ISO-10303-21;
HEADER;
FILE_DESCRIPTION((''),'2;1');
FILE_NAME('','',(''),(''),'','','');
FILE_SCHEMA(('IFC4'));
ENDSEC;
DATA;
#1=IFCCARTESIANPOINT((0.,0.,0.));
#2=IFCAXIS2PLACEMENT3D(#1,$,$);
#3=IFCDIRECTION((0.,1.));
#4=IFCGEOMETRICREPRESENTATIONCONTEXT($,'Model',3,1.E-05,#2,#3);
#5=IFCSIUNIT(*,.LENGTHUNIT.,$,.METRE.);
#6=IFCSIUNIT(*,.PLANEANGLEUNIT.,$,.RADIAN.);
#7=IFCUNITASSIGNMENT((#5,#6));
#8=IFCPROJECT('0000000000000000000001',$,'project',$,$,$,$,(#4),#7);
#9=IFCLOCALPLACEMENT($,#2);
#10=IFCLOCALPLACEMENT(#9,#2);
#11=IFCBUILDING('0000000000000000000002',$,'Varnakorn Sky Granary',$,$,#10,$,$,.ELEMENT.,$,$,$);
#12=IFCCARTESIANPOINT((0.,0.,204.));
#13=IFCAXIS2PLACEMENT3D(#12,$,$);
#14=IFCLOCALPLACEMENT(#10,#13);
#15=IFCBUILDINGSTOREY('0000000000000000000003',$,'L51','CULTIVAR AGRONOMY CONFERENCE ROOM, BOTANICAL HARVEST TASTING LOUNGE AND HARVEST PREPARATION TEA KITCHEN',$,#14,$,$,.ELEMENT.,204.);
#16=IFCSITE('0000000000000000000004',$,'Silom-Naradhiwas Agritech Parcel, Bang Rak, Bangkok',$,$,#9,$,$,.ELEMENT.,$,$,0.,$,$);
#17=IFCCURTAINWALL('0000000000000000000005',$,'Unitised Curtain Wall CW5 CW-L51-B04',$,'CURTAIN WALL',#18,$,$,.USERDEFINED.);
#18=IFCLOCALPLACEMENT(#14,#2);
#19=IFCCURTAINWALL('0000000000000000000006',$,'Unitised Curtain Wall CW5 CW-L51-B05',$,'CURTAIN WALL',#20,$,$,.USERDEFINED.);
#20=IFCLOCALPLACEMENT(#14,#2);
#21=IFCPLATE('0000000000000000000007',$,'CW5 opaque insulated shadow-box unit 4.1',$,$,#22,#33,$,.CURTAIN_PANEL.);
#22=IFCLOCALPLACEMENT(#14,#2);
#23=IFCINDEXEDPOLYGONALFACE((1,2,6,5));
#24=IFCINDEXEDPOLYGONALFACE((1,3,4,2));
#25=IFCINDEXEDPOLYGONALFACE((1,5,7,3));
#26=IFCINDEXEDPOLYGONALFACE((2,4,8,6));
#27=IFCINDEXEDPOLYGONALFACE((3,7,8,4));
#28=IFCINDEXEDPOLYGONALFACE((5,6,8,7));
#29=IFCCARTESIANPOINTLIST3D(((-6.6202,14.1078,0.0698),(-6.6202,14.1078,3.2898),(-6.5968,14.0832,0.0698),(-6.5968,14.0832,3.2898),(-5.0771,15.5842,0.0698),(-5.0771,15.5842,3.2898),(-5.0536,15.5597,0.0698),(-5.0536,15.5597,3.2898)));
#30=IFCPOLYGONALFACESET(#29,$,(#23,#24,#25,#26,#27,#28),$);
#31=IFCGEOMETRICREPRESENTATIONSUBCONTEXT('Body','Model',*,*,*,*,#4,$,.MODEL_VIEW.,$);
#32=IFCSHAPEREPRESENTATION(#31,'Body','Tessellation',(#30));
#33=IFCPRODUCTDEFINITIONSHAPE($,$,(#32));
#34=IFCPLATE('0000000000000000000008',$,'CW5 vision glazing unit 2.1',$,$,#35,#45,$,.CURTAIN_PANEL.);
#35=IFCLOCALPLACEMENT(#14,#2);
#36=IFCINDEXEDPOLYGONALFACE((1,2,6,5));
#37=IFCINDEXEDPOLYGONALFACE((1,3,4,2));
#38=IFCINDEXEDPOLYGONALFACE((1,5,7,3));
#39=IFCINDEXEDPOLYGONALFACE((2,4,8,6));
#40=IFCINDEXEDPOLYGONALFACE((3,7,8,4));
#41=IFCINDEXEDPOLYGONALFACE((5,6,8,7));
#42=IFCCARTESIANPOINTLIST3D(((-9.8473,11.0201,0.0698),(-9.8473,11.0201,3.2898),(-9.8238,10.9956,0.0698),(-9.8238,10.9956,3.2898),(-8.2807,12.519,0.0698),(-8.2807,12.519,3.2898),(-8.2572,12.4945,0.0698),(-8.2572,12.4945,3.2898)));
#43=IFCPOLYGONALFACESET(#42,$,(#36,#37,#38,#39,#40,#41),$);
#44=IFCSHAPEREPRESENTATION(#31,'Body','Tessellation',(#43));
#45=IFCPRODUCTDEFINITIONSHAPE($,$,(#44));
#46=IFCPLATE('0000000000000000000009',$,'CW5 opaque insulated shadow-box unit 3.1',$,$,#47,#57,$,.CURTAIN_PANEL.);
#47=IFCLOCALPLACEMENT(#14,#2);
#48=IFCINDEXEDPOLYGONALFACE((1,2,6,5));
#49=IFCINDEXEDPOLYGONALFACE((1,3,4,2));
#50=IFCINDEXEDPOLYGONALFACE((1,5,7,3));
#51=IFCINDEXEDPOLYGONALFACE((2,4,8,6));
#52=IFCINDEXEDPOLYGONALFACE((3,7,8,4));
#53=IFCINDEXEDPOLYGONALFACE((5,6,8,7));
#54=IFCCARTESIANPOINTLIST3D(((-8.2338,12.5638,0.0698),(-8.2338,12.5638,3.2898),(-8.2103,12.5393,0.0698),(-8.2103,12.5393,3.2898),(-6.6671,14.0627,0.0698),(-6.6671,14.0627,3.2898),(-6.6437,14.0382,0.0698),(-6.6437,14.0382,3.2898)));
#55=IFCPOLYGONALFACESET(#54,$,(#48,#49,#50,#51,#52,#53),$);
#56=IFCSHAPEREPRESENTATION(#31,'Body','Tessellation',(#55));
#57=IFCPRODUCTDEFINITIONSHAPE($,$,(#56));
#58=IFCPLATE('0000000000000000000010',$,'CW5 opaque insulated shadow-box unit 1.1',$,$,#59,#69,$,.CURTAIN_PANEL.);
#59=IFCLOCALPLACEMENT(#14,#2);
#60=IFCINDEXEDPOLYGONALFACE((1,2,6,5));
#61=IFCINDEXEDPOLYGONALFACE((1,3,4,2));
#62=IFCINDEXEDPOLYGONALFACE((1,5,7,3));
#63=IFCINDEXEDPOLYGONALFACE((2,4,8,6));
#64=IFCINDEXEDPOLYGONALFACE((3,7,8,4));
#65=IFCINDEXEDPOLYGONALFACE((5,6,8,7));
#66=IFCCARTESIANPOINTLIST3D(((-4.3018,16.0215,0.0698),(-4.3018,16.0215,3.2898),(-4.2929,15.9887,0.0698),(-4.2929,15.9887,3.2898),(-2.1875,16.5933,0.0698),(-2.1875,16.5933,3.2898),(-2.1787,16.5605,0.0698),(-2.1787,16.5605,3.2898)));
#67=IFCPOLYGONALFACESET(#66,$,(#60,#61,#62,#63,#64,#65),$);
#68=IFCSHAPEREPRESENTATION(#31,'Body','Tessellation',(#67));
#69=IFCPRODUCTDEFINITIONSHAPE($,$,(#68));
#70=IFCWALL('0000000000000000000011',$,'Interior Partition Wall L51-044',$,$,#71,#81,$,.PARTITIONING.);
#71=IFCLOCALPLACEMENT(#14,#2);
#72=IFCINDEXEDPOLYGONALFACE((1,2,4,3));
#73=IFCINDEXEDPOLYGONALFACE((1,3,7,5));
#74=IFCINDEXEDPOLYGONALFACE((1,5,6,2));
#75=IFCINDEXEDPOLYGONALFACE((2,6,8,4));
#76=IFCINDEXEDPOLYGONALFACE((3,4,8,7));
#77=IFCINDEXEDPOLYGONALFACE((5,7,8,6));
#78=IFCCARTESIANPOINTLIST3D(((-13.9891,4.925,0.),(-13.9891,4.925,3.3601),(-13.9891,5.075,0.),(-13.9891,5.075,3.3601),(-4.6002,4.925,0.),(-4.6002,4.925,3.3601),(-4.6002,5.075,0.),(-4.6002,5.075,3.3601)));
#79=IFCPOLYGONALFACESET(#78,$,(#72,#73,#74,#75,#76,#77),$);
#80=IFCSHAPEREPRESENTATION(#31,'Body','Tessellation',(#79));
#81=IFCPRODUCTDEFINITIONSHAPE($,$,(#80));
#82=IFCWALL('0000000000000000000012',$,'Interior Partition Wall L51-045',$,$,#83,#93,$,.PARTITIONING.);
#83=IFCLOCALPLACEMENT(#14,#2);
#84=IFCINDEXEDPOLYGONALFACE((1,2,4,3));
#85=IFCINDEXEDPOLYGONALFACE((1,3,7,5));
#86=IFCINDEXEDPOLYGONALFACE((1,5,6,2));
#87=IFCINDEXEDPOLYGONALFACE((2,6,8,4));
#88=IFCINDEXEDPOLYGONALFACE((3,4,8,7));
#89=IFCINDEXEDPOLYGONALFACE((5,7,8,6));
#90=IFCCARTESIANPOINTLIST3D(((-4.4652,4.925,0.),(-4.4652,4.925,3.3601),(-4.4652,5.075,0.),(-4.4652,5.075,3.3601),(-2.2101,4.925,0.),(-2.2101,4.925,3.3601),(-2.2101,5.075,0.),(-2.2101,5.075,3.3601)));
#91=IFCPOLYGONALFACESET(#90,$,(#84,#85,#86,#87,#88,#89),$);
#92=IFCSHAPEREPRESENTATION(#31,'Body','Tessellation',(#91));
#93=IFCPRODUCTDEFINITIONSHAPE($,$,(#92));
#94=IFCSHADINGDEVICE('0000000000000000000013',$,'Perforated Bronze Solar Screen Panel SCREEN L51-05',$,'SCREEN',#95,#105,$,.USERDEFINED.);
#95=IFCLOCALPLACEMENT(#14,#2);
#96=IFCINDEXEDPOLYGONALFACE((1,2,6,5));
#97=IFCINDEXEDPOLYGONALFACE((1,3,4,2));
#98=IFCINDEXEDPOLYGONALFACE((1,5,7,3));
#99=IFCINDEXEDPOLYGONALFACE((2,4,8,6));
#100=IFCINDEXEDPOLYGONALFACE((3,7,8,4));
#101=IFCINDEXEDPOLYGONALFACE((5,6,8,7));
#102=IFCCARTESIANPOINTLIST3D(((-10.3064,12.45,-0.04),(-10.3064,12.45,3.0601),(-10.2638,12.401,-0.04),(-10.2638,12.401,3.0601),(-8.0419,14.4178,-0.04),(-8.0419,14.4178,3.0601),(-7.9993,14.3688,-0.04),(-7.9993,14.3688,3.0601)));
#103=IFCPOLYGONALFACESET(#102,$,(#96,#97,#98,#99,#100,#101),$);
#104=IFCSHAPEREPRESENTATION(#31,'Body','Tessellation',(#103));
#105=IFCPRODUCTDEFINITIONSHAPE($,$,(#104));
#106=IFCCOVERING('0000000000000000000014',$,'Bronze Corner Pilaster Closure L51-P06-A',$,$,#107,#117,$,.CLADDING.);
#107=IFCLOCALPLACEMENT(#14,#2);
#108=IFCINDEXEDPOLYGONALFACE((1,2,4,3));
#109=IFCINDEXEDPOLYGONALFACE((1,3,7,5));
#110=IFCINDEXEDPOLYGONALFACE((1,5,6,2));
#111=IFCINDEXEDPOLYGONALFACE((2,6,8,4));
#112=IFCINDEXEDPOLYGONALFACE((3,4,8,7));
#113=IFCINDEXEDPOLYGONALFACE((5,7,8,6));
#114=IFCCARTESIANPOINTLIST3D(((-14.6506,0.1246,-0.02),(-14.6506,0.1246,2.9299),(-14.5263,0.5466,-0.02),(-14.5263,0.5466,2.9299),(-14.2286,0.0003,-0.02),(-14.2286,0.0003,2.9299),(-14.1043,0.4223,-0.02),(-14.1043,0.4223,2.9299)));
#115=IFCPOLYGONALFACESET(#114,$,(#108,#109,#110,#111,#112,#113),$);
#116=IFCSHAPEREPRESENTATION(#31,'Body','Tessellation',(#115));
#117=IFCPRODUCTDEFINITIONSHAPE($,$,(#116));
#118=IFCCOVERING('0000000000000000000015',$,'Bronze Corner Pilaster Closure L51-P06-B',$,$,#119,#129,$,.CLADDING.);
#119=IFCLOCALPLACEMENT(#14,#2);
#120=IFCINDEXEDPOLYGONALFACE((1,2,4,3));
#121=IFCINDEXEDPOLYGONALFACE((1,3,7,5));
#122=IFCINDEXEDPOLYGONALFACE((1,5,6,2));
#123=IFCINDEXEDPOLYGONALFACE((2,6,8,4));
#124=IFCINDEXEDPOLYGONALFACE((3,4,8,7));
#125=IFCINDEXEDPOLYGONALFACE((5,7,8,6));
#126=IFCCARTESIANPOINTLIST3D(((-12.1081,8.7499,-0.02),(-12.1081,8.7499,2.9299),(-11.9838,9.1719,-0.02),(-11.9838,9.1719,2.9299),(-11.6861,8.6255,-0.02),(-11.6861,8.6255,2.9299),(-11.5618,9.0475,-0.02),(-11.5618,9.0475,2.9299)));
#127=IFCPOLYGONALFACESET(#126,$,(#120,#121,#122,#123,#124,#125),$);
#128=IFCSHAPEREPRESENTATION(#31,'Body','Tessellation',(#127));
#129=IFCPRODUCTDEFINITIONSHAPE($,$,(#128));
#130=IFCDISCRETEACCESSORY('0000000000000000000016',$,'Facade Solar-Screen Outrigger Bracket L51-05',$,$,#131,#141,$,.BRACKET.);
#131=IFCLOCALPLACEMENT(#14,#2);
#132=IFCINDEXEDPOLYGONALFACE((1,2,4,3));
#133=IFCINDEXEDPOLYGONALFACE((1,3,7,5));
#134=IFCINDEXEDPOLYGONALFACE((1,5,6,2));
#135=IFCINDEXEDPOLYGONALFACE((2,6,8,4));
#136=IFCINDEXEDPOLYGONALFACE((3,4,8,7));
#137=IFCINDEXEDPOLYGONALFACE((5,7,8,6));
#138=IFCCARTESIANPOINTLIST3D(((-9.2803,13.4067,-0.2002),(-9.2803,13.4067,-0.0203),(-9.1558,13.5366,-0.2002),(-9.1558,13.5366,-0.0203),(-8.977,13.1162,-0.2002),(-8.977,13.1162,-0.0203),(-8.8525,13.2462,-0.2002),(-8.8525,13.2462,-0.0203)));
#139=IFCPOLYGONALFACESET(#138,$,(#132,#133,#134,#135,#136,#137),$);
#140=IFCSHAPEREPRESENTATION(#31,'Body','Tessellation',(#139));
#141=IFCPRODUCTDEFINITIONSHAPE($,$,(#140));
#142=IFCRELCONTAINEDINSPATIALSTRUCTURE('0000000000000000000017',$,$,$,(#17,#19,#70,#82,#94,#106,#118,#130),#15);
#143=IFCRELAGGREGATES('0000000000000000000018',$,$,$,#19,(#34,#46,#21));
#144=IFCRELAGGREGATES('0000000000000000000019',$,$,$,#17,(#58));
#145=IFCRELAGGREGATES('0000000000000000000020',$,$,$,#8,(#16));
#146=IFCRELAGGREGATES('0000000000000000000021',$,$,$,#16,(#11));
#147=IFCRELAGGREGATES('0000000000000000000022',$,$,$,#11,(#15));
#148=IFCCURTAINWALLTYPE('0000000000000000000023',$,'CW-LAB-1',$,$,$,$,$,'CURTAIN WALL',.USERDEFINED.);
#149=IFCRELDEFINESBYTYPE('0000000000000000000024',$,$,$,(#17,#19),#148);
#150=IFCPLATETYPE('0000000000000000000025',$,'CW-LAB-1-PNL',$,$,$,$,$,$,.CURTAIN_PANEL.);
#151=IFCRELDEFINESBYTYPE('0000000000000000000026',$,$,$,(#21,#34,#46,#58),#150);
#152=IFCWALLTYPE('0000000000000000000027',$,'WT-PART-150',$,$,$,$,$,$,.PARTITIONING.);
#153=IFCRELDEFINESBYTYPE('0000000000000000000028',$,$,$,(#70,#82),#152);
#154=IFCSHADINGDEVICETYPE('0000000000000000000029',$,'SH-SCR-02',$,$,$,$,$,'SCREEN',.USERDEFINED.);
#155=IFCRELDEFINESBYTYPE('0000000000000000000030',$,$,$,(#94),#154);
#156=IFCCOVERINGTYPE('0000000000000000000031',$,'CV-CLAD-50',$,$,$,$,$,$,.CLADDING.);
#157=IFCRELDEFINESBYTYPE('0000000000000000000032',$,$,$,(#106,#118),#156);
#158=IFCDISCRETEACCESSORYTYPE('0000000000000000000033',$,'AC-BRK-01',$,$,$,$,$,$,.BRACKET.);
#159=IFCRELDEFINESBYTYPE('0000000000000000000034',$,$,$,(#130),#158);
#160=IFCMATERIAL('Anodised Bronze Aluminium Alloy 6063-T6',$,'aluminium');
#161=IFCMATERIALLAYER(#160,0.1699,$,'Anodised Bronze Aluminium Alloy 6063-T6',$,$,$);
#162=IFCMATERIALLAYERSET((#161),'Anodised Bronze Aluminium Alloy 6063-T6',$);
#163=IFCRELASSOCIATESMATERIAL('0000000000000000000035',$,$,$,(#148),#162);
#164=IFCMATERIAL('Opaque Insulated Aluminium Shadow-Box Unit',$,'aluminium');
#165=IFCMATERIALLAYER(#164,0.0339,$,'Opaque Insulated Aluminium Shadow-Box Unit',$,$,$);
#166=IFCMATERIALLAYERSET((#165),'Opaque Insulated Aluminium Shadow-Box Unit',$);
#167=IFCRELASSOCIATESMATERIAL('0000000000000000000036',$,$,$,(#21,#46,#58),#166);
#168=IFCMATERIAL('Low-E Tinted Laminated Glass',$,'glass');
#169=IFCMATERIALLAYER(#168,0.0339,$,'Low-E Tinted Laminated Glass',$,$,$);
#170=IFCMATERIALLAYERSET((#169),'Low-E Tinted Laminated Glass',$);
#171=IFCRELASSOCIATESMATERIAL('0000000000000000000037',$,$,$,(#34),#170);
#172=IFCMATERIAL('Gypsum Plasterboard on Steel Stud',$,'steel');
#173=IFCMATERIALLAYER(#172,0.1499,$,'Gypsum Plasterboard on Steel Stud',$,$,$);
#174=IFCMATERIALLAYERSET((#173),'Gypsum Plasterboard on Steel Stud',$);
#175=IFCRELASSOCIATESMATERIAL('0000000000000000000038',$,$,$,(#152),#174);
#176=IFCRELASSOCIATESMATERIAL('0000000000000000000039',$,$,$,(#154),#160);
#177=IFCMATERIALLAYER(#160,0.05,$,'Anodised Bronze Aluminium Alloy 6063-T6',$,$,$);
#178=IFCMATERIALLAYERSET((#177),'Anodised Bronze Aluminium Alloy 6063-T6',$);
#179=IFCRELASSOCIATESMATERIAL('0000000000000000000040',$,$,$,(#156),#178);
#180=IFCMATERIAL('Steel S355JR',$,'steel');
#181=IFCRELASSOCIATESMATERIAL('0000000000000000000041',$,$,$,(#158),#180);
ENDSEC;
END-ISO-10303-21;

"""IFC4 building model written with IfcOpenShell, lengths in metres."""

from ifc_helpers import new_model, si_unit, direction, frame, frame_2d, origin, origin_2d, place, context, subcontext, project, spatial, rectangle, extrude, source, transform, mapped, material, layer, layer_set, type_object, type_shapes, element, aggregate, save


model = new_model("IFC4")

# Units and contexts
model_context = context("Model", 3, precision=1e-05, world=origin(), true_north=direction((0.0, 1.0)))
body_context = subcontext(model_context, "Body", "Model", "MODEL_VIEW")
ifc_project = project(units=[si_unit("LENGTHUNIT", "METRE"), si_unit("PLANEANGLEUNIT", "RADIAN")], contexts=[model_context])

# Site, building, storey
site_placement = place(None, origin())
site = spatial("IfcSite", under=ifc_project, at=site_placement, Name="Silom-Naradhiwas Agritech Parcel, Bang Rak, Bangkok", CompositionType="ELEMENT", RefElevation=0.0)
building_placement = place(site_placement, origin())
building = spatial("IfcBuilding", under=site, at=building_placement, Name="Varnakorn Sky Granary", CompositionType="ELEMENT")
storey_placement = place(building_placement, frame((0.0, 0.0, 204.0)))
storey = spatial("IfcBuildingStorey", under=building, at=storey_placement, Name="L51", Description="CULTIVAR AGRONOMY CONFERENCE ROOM, BOTANICAL HARVEST TASTING LOUNGE AND HARVEST PREPARATION TEA KITCHEN", CompositionType="ELEMENT", Elevation=204.0)

# Shared definitions
ifc_material_1 = material(Name="Steel S355JR", Category="steel")

# Curtain wall
ifc_material_2 = material(Name="Anodised Bronze Aluminium Alloy 6063-T6", Category="aluminium")
ifc_layer_1 = layer(ifc_material_2, 0.1699, Name="Anodised Bronze Aluminium Alloy 6063-T6")
ifc_layer_set_1 = layer_set([ifc_layer_1], Name="Anodised Bronze Aluminium Alloy 6063-T6")
curtain_wall_type = type_object("IfcCurtainWallType", Name="CW-LAB-1", ElementType="CURTAIN WALL", PredefinedType="USERDEFINED", material=ifc_layer_set_1)
curtain_wall_1_placement = place(storey_placement, origin())
curtain_wall_1 = element("IfcCurtainWall", 1, at=curtain_wall_1_placement, inside=storey, type_object=curtain_wall_type, Name="Unitised Curtain Wall CW5 CW-L51-B04", ObjectType="CURTAIN WALL", PredefinedType="USERDEFINED")

# Curtain wall
curtain_wall_2_placement = place(storey_placement, origin())
curtain_wall_2 = element("IfcCurtainWall", 2, at=curtain_wall_2_placement, inside=storey, type_object=curtain_wall_type, Name="Unitised Curtain Wall CW5 CW-L51-B05", ObjectType="CURTAIN WALL", PredefinedType="USERDEFINED")

# Plates
ifc_material_3 = material(Name="Low-E Tinted Laminated Glass", Category="glass")
ifc_layer_2 = layer(ifc_material_3, 0.0339, Name="Low-E Tinted Laminated Glass")
ifc_layer_set_2 = layer_set([ifc_layer_2], Name="Low-E Tinted Laminated Glass")
plate_type_1 = type_object("IfcPlateType", Name="CW-LAB-1-PNL", PredefinedType="CURTAIN_PANEL")
shared_shape_1 = source(origin(), body_context, "Body", "SweptSolid", [
    extrude(rectangle(XDim=2.1357, YDim=0.0339, at=origin_2d()), origin(), (0.0, 0.0, 1.0), 3.22),
])
ifc_material_4 = material(Name="Opaque Insulated Aluminium Shadow-Box Unit", Category="aluminium")
ifc_layer_3 = layer(ifc_material_4, 0.0339, Name="Opaque Insulated Aluminium Shadow-Box Unit")
ifc_layer_set_3 = layer_set([ifc_layer_3], Name="Opaque Insulated Aluminium Shadow-Box Unit")
plate_1_placement = place(storey_placement, frame((-5.8369, 14.8337, 0.0698), z_axis=(0.0, 0.0, 1.0), x_axis=(0.722551, 0.691317, 0.0)))
plate_1 = element("IfcPlate", 3, at=plate_1_placement, type_object=plate_type_1, material=ifc_layer_set_3, Name="CW5 opaque insulated shadow-box unit 4.1", PredefinedType="CURTAIN_PANEL", context=body_context, shape_type="MappedRepresentation", body=[
    mapped(shared_shape_1, transform((0.0, 0.0, 0.0), x_axis=(1.0, 0.0, 0.0), y_axis=(0.0, 1.0, 0.0), z_axis=(0.0, 0.0, 1.0), scale=1.0)),
])
shared_shape_2 = source(origin(), body_context, "Body", "SweptSolid", [
    extrude(rectangle(XDim=2.1682, YDim=0.0339, at=origin_2d()), origin(), (0.0, 0.0, 1.0), 3.22),
])
plate_2_placement = place(storey_placement, frame((-9.0522, 11.7573, 0.0698), z_axis=(0.0, 0.0, 1.0), x_axis=(0.722551, 0.691317, 0.0)))
plate_2 = element("IfcPlate", 4, at=plate_2_placement, type_object=plate_type_1, material=ifc_layer_set_2, Name="CW5 vision glazing unit 2.1", PredefinedType="CURTAIN_PANEL", context=body_context, shape_type="MappedRepresentation", body=[
    mapped(shared_shape_2, transform((0.0, 0.0, 0.0), x_axis=(1.0, 0.0, 0.0), y_axis=(0.0, 1.0, 0.0), z_axis=(0.0, 0.0, 1.0), scale=1.0)),
])
plate_3_placement = place(storey_placement, frame((-7.4387, 13.301, 0.0698), z_axis=(0.0, 0.0, 1.0), x_axis=(0.722551, 0.691317, 0.0)))
plate_3 = element("IfcPlate", 5, at=plate_3_placement, type_object=plate_type_1, material=ifc_layer_set_3, Name="CW5 opaque insulated shadow-box unit 3.1", PredefinedType="CURTAIN_PANEL", context=body_context, shape_type="MappedRepresentation", body=[
    mapped(shared_shape_2, transform((0.0, 0.0, 0.0), x_axis=(1.0, 0.0, 0.0), y_axis=(0.0, 1.0, 0.0), z_axis=(0.0, 0.0, 1.0), scale=1.0)),
])
aggregate(curtain_wall_2, [plate_2, plate_3, plate_1])
shared_shape_3 = source(origin(), body_context, "Body", "SweptSolid", [
    extrude(rectangle(XDim=2.1902, YDim=0.0339, at=origin_2d()), origin(), (0.0, 0.0, 1.0), 3.22),
])
type_shapes(plate_type_1, [shared_shape_1, shared_shape_2, shared_shape_3])
plate_4_placement = place(storey_placement, frame((-3.2402, 16.291, 0.0698), z_axis=(0.0, 0.0, 1.0), x_axis=(0.96532, 0.261069, 0.0)))
plate_4 = element("IfcPlate", 6, at=plate_4_placement, type_object=plate_type_1, material=ifc_layer_set_3, Name="CW5 opaque insulated shadow-box unit 1.1", PredefinedType="CURTAIN_PANEL", context=body_context, shape_type="MappedRepresentation", body=[
    mapped(shared_shape_3, transform((0.0, 0.0, 0.0), x_axis=(1.0, 0.0, 0.0), y_axis=(0.0, 1.0, 0.0), z_axis=(0.0, 0.0, 1.0), scale=1.0)),
])
aggregate(curtain_wall_1, [plate_4])

# Walls
ifc_material_5 = material(Name="Gypsum Plasterboard on Steel Stud", Category="steel")
ifc_layer_4 = layer(ifc_material_5, 0.1499, Name="Gypsum Plasterboard on Steel Stud")
ifc_layer_set_4 = layer_set([ifc_layer_4], Name="Gypsum Plasterboard on Steel Stud")
wall_type = type_object("IfcWallType", Name="WT-PART-150", PredefinedType="PARTITIONING", material=ifc_layer_set_4)
wall_1_placement = place(storey_placement, frame((-13.989, 5.0, 0.0), z_axis=(0.0, 0.0, 1.0), x_axis=(1.0, 0.0, 0.0)))
element("IfcWall", 7, at=wall_1_placement, inside=storey, type_object=wall_type, Name="Interior Partition Wall L51-044", PredefinedType="PARTITIONING", context=body_context, shape_type="SweptSolid", body=[
    extrude(rectangle(XDim=9.3889, YDim=0.1499, at=frame_2d((4.6943, 0.0))), origin(), (0.0, 0.0, 1.0), 3.3601),
])
wall_2_placement = place(storey_placement, frame((-4.4651, 5.0, 0.0), z_axis=(0.0, 0.0, 1.0), x_axis=(1.0, 0.0, 0.0)))
element("IfcWall", 8, at=wall_2_placement, inside=storey, type_object=wall_type, Name="Interior Partition Wall L51-045", PredefinedType="PARTITIONING", context=body_context, shape_type="SweptSolid", body=[
    extrude(rectangle(XDim=2.2551, YDim=0.1499, at=frame_2d((1.1274, 0.0))), origin(), (0.0, 0.0, 1.0), 3.3601),
])

# Shading device
shading_device_type = type_object("IfcShadingDeviceType", Name="SH-SCR-02", ElementType="SCREEN", PredefinedType="USERDEFINED", material=ifc_material_2)
shared_shape_4 = source(origin(), body_context, "Body", "SweptSolid", [
    extrude(rectangle(XDim=3.0, YDim=0.0649, at=origin_2d()), origin(), (0.0, 0.0, 1.0), 3.1001),
])
type_shapes(shading_device_type, [shared_shape_4])
shading_device_placement = place(storey_placement, frame((-9.1528, 13.4094, -0.04), z_axis=(0.0, 0.0, 1.0), x_axis=(-0.754819, -0.655933, 0.0)))
element("IfcShadingDevice", 9, at=shading_device_placement, inside=storey, type_object=shading_device_type, Name="Perforated Bronze Solar Screen Panel SCREEN L51-05", ObjectType="SCREEN", PredefinedType="USERDEFINED", context=body_context, shape_type="MappedRepresentation", body=[
    mapped(shared_shape_4, transform((0.0, 0.0, 0.0), x_axis=(1.0, 0.0, 0.0), y_axis=(0.0, 1.0, 0.0), z_axis=(0.0, 0.0, 1.0), scale=1.0)),
])

# Coverings
ifc_layer_5 = layer(ifc_material_2, 0.05, Name="Anodised Bronze Aluminium Alloy 6063-T6")
ifc_layer_set_5 = layer_set([ifc_layer_5], Name="Anodised Bronze Aluminium Alloy 6063-T6")
covering_type = type_object("IfcCoveringType", Name="CV-CLAD-50", PredefinedType="CLADDING", material=ifc_layer_set_5)
shared_shape_5 = source(origin(), body_context, "Body", "SweptSolid", [
    extrude(rectangle(XDim=0.4399, YDim=0.4399, at=origin_2d()), origin(), (0.0, 0.0, 1.0), 2.95),
])
type_shapes(covering_type, [shared_shape_5])
for number, where, z_axis, x_axis, name in (
    (10, (-14.3774, 0.2734, -0.02), (0.0, 0.0, 1.0), (0.282676, 0.959215, 0.0), "Bronze Corner Pilaster Closure L51-P06-A"),
    (11, (-11.835, 8.8987, -0.02), (0.0, 0.0, 1.0), (0.282676, 0.959215, 0.0), "Bronze Corner Pilaster Closure L51-P06-B"),
):
    element("IfcCovering", number, at=place(storey_placement, frame(where, z_axis=z_axis, x_axis=x_axis)), inside=storey, type_object=covering_type, Name=name, PredefinedType="CLADDING", context=body_context, shape_type="MappedRepresentation", body=[
        mapped(shared_shape_5, transform((0.0, 0.0, 0.0), x_axis=(1.0, 0.0, 0.0), y_axis=(0.0, 1.0, 0.0), z_axis=(0.0, 0.0, 1.0), scale=1.0)),
    ])

# Discrete accessory
discrete_accessory_type = type_object("IfcDiscreteAccessoryType", Name="AC-BRK-01", PredefinedType="BRACKET", material=ifc_material_1)
shared_shape_6 = source(origin(), body_context, "Body", "SweptSolid", [
    extrude(rectangle(XDim=0.1799, YDim=0.4199, at=origin_2d()), origin(), (0.0, 0.0, 1.0), 0.1799),
])
type_shapes(discrete_accessory_type, [shared_shape_6])
discrete_accessory_placement = place(storey_placement, frame((-9.0664, 13.3264, -0.2002), z_axis=(0.0, 0.0, 1.0), x_axis=(-0.691634, -0.722248, 0.0)))
element("IfcDiscreteAccessory", 12, at=discrete_accessory_placement, inside=storey, type_object=discrete_accessory_type, Name="Facade Solar-Screen Outrigger Bracket L51-05", PredefinedType="BRACKET", context=body_context, shape_type="MappedRepresentation", body=[
    mapped(shared_shape_6, transform((0.0, 0.0, 0.0), x_axis=(1.0, 0.0, 0.0), y_axis=(0.0, 1.0, 0.0), z_axis=(0.0, 0.0, 1.0), scale=1.0)),
])

save(model, "model.ifc")
